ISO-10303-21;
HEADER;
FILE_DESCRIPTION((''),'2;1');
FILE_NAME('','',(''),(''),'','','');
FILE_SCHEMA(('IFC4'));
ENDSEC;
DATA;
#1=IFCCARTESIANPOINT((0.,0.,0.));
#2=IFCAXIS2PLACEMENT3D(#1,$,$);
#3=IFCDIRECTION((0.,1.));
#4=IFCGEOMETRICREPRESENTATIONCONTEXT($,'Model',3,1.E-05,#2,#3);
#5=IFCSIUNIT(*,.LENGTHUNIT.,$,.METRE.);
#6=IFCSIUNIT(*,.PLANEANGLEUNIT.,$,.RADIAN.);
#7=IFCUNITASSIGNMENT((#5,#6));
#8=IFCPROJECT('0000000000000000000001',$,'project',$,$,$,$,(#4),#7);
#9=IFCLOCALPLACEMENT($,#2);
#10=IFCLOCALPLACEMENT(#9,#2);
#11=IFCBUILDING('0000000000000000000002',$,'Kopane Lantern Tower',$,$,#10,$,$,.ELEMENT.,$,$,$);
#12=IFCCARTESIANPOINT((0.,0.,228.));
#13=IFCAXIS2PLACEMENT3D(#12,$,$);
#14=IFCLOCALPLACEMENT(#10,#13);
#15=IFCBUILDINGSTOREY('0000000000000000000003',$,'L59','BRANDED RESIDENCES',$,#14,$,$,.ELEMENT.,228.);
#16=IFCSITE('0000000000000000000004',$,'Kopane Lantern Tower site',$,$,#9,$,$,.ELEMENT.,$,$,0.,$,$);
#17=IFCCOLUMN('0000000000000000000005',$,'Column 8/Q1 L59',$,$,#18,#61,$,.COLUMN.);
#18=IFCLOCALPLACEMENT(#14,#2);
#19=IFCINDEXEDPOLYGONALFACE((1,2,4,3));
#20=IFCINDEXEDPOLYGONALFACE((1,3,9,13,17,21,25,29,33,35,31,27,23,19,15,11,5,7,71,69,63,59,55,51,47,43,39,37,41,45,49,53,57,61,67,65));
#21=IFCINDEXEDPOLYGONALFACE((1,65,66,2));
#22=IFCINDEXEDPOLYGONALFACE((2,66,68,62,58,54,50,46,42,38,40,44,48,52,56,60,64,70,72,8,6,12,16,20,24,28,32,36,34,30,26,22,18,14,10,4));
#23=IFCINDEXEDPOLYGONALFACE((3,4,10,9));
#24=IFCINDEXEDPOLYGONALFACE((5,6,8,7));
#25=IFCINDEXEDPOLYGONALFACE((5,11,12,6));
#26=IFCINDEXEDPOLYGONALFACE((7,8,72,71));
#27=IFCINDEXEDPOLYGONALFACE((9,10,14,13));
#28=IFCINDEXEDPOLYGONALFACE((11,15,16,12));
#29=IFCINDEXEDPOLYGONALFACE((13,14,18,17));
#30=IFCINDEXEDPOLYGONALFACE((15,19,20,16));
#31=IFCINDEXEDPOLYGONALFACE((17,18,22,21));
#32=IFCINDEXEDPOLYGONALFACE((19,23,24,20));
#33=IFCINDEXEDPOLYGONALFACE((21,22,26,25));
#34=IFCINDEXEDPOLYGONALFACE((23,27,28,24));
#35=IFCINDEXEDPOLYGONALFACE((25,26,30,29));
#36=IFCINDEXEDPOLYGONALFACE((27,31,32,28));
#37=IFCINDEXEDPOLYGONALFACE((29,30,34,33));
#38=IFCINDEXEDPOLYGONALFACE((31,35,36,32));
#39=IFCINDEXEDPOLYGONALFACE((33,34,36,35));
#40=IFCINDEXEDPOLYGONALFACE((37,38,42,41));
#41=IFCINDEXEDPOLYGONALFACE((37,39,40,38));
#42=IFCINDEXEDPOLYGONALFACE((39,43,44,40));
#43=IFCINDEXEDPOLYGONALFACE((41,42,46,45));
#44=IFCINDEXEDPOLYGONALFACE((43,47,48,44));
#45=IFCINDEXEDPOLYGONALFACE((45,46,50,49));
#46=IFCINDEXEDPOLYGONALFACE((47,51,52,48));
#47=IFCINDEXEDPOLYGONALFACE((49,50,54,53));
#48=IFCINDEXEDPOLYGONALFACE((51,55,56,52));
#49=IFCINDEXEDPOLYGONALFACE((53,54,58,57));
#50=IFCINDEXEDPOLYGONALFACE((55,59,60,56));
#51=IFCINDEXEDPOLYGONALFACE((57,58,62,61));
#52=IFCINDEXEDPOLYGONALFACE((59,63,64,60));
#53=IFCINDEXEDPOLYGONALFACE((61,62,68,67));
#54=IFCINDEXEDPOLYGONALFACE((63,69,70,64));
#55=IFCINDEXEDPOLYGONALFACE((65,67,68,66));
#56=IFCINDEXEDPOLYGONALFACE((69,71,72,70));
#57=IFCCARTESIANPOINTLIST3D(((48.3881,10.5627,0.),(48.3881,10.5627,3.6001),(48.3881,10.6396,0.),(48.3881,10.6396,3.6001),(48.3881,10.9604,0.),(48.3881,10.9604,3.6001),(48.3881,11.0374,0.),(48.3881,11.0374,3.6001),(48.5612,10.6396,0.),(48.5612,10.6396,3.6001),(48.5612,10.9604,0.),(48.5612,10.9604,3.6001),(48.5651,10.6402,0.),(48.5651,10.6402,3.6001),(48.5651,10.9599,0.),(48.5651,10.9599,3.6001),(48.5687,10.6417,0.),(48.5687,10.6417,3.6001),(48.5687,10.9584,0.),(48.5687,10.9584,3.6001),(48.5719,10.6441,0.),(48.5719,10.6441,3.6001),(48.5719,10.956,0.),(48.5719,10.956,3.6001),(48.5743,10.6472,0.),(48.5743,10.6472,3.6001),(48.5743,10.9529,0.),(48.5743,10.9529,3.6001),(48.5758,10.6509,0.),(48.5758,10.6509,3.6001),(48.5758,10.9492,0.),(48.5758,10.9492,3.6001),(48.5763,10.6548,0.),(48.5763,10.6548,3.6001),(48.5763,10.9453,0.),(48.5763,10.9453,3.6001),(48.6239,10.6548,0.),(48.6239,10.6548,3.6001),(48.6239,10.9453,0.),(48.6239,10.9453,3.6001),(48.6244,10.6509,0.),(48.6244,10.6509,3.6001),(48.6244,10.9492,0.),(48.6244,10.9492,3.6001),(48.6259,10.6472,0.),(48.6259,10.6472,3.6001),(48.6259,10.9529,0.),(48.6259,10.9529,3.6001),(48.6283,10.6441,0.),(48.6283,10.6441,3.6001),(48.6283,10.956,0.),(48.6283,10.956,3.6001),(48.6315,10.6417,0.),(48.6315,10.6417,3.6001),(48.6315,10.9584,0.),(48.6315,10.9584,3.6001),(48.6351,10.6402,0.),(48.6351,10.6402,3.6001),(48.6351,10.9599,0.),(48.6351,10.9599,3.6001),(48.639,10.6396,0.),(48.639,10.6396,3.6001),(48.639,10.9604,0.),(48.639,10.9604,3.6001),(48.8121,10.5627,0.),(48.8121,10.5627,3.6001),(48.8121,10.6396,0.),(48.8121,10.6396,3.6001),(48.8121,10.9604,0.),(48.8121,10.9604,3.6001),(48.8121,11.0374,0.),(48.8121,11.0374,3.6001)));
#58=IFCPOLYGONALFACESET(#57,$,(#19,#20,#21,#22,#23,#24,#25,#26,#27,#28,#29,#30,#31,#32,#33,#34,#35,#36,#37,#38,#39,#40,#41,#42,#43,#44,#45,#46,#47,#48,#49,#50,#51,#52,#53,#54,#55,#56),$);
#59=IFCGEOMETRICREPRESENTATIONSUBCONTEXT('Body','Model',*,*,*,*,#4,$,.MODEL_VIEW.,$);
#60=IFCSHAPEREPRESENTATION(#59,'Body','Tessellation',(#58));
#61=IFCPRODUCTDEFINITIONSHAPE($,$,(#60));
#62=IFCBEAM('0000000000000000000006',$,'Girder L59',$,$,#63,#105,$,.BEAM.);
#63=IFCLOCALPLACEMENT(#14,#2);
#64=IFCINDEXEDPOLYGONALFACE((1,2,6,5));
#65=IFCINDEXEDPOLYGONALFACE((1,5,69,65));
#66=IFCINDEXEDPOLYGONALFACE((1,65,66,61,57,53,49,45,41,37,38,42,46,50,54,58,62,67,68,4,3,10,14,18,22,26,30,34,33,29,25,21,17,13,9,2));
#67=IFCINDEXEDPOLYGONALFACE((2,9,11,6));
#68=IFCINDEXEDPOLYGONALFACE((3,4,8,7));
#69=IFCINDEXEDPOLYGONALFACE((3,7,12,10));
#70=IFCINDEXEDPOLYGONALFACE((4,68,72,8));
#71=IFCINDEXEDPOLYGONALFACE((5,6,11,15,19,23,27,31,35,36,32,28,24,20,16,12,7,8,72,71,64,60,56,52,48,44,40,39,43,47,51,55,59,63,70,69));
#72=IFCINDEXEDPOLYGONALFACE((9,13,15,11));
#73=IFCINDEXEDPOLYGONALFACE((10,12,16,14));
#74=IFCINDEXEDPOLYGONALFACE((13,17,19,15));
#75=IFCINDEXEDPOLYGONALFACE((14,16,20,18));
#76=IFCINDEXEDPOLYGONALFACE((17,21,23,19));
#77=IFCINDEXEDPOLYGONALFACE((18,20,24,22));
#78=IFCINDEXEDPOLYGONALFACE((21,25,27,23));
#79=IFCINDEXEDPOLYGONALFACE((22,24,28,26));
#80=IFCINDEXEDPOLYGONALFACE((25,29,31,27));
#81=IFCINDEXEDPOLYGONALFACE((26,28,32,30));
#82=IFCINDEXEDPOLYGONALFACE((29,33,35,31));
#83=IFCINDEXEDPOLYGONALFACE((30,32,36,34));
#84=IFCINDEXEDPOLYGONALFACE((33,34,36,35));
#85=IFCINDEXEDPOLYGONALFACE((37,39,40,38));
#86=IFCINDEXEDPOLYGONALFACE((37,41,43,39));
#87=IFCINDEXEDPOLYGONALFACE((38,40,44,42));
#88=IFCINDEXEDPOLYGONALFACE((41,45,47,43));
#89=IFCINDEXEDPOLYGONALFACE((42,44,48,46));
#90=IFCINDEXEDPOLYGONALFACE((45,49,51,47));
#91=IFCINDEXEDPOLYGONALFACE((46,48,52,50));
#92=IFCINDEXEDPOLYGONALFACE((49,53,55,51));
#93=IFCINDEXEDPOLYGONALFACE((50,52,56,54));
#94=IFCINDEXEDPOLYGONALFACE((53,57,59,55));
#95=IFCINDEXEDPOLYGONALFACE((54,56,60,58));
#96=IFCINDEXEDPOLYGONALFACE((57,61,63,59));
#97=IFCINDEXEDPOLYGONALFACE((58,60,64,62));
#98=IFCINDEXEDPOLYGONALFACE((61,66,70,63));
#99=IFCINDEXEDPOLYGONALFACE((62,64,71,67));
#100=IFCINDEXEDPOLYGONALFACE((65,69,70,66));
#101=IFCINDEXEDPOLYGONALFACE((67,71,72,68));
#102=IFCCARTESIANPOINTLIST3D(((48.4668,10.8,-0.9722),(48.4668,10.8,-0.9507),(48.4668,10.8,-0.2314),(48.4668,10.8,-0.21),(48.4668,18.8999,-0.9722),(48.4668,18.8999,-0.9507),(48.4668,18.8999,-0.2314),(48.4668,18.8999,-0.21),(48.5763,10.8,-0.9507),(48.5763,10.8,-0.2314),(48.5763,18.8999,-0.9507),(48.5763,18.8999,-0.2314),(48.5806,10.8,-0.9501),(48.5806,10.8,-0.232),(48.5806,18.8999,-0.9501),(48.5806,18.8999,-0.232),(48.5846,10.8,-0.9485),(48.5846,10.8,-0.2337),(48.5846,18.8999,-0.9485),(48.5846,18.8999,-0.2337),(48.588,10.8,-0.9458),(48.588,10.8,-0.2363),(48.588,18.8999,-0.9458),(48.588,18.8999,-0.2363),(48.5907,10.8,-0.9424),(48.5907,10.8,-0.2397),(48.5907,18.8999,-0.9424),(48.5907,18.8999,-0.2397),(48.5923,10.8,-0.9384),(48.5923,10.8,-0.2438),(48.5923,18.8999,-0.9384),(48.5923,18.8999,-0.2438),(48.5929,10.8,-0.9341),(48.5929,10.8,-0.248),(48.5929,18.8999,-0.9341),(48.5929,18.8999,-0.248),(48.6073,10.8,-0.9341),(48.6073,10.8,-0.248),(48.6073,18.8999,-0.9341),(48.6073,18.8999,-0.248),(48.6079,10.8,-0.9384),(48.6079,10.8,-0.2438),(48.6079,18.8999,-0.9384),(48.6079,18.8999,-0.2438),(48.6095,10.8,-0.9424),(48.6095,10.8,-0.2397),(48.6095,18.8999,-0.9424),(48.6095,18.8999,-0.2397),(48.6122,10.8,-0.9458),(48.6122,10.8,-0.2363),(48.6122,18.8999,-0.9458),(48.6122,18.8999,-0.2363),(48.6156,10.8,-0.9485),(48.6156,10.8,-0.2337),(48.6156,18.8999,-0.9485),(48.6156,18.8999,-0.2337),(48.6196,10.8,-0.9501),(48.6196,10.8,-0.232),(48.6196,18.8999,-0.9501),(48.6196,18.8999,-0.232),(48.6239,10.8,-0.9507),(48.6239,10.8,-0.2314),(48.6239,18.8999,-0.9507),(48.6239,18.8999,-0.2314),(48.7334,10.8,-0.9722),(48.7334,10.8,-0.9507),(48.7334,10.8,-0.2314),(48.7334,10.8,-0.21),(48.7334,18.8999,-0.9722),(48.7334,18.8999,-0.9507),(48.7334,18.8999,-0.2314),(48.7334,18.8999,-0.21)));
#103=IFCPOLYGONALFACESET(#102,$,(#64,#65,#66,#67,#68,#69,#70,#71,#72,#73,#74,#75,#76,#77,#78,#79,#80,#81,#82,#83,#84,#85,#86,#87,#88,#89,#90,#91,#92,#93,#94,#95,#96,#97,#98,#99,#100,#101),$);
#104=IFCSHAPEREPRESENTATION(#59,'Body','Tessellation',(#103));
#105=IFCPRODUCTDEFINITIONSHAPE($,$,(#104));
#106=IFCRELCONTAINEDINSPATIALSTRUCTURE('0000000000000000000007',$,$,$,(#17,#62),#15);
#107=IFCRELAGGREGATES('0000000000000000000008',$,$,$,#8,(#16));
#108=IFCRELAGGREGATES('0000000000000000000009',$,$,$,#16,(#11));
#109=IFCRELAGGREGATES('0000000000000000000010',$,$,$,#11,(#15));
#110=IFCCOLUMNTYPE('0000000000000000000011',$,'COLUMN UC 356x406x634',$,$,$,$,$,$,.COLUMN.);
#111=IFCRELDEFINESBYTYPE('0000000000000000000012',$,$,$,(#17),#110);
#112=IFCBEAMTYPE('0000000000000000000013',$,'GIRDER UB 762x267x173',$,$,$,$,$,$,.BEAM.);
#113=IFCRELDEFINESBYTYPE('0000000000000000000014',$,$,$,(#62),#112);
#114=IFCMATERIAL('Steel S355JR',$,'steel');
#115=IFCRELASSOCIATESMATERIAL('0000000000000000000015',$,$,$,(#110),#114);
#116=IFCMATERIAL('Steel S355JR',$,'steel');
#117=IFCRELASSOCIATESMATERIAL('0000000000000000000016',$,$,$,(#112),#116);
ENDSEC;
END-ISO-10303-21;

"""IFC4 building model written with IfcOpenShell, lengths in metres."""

from ifc_helpers import new_model, si_unit, direction, frame, origin, origin_2d, place, context, subcontext, project, spatial, i_section, extrude, material, material_profile, profile_set, type_object, element, save


model = new_model("IFC4")

# Units and contexts
model_context = context("Model", 3, precision=1e-05, world=origin(), true_north=direction((0.0, 1.0)))
body_context = subcontext(model_context, "Body", "Model", "MODEL_VIEW")
ifc_project = project(units=[si_unit("LENGTHUNIT", "METRE"), si_unit("PLANEANGLEUNIT", "RADIAN")], contexts=[model_context])

# Site, building, storey
site_placement = place(None, origin())
site = spatial("IfcSite", under=ifc_project, at=site_placement, Name="Kopane Lantern Tower site", CompositionType="ELEMENT", RefElevation=0.0)
building_placement = place(site_placement, origin())
building = spatial("IfcBuilding", under=site, at=building_placement, Name="Kopane Lantern Tower", CompositionType="ELEMENT")
storey_placement = place(building_placement, frame((0.0, 0.0, 228.0)))
storey = spatial("IfcBuildingStorey", under=building, at=storey_placement, Name="L59", Description="BRANDED RESIDENCES", CompositionType="ELEMENT", Elevation=228.0)

# Column
ifc_material_1 = material(Name="Steel S355JR", Category="steel")
ifc_material_profile_1 = material_profile(ifc_material_1, i_section(OverallWidth=0.4241, OverallDepth=0.4746, WebThickness=0.0476, FlangeThickness=0.0769, FilletRadius=0.0151, at=origin_2d()), Name="UC 356x406x634")
ifc_profile_set_1 = profile_set([ifc_material_profile_1], Name="Steel S355JR")
column_type = type_object("IfcColumnType", Name="COLUMN UC 356x406x634", PredefinedType="COLUMN", material=ifc_profile_set_1)
column_placement = place(storey_placement, frame((48.6001, 10.8, 0.0), z_axis=(0.0, 0.0, 1.0), x_axis=(1.0, 0.0, 0.0)))
element("IfcColumn", 1, at=column_placement, inside=storey, type_object=column_type, Name="Column 8/Q1 L59", PredefinedType="COLUMN", context=body_context, shape_type="SweptSolid", body=[
    extrude(i_section(OverallWidth=0.4241, OverallDepth=0.4746, WebThickness=0.0476, FlangeThickness=0.0769, FilletRadius=0.0151, at=origin_2d()), origin(), (0.0, 0.0, 1.0), 3.6001),
])

# Beam
ifc_material_2 = material(Name="Steel S355JR", Category="steel")
ifc_material_profile_2 = material_profile(ifc_material_2, i_section(OverallWidth=0.2666, OverallDepth=0.7622, WebThickness=0.0144, FlangeThickness=0.0215, FilletRadius=0.0166, at=origin_2d()), Name="UB 762x267x173")
ifc_profile_set_2 = profile_set([ifc_material_profile_2], Name="Steel S355JR")
beam_type = type_object("IfcBeamType", Name="GIRDER UB 762x267x173", PredefinedType="BEAM", material=ifc_profile_set_2)
beam_placement = place(storey_placement, frame((48.6001, 10.8, -0.5911), z_axis=(0.0, 1.0, 0.0), x_axis=(-1.0, 0.0, 0.0)))
element("IfcBeam", 2, at=beam_placement, inside=storey, type_object=beam_type, Name="Girder L59", PredefinedType="BEAM", context=body_context, shape_type="SweptSolid", body=[
    extrude(i_section(OverallWidth=0.2666, OverallDepth=0.7622, WebThickness=0.0144, FlangeThickness=0.0215, FilletRadius=0.0166, at=origin_2d()), origin(), (0.0, 0.0, 1.0), 8.0999),
])

save(model, "model.ifc")
